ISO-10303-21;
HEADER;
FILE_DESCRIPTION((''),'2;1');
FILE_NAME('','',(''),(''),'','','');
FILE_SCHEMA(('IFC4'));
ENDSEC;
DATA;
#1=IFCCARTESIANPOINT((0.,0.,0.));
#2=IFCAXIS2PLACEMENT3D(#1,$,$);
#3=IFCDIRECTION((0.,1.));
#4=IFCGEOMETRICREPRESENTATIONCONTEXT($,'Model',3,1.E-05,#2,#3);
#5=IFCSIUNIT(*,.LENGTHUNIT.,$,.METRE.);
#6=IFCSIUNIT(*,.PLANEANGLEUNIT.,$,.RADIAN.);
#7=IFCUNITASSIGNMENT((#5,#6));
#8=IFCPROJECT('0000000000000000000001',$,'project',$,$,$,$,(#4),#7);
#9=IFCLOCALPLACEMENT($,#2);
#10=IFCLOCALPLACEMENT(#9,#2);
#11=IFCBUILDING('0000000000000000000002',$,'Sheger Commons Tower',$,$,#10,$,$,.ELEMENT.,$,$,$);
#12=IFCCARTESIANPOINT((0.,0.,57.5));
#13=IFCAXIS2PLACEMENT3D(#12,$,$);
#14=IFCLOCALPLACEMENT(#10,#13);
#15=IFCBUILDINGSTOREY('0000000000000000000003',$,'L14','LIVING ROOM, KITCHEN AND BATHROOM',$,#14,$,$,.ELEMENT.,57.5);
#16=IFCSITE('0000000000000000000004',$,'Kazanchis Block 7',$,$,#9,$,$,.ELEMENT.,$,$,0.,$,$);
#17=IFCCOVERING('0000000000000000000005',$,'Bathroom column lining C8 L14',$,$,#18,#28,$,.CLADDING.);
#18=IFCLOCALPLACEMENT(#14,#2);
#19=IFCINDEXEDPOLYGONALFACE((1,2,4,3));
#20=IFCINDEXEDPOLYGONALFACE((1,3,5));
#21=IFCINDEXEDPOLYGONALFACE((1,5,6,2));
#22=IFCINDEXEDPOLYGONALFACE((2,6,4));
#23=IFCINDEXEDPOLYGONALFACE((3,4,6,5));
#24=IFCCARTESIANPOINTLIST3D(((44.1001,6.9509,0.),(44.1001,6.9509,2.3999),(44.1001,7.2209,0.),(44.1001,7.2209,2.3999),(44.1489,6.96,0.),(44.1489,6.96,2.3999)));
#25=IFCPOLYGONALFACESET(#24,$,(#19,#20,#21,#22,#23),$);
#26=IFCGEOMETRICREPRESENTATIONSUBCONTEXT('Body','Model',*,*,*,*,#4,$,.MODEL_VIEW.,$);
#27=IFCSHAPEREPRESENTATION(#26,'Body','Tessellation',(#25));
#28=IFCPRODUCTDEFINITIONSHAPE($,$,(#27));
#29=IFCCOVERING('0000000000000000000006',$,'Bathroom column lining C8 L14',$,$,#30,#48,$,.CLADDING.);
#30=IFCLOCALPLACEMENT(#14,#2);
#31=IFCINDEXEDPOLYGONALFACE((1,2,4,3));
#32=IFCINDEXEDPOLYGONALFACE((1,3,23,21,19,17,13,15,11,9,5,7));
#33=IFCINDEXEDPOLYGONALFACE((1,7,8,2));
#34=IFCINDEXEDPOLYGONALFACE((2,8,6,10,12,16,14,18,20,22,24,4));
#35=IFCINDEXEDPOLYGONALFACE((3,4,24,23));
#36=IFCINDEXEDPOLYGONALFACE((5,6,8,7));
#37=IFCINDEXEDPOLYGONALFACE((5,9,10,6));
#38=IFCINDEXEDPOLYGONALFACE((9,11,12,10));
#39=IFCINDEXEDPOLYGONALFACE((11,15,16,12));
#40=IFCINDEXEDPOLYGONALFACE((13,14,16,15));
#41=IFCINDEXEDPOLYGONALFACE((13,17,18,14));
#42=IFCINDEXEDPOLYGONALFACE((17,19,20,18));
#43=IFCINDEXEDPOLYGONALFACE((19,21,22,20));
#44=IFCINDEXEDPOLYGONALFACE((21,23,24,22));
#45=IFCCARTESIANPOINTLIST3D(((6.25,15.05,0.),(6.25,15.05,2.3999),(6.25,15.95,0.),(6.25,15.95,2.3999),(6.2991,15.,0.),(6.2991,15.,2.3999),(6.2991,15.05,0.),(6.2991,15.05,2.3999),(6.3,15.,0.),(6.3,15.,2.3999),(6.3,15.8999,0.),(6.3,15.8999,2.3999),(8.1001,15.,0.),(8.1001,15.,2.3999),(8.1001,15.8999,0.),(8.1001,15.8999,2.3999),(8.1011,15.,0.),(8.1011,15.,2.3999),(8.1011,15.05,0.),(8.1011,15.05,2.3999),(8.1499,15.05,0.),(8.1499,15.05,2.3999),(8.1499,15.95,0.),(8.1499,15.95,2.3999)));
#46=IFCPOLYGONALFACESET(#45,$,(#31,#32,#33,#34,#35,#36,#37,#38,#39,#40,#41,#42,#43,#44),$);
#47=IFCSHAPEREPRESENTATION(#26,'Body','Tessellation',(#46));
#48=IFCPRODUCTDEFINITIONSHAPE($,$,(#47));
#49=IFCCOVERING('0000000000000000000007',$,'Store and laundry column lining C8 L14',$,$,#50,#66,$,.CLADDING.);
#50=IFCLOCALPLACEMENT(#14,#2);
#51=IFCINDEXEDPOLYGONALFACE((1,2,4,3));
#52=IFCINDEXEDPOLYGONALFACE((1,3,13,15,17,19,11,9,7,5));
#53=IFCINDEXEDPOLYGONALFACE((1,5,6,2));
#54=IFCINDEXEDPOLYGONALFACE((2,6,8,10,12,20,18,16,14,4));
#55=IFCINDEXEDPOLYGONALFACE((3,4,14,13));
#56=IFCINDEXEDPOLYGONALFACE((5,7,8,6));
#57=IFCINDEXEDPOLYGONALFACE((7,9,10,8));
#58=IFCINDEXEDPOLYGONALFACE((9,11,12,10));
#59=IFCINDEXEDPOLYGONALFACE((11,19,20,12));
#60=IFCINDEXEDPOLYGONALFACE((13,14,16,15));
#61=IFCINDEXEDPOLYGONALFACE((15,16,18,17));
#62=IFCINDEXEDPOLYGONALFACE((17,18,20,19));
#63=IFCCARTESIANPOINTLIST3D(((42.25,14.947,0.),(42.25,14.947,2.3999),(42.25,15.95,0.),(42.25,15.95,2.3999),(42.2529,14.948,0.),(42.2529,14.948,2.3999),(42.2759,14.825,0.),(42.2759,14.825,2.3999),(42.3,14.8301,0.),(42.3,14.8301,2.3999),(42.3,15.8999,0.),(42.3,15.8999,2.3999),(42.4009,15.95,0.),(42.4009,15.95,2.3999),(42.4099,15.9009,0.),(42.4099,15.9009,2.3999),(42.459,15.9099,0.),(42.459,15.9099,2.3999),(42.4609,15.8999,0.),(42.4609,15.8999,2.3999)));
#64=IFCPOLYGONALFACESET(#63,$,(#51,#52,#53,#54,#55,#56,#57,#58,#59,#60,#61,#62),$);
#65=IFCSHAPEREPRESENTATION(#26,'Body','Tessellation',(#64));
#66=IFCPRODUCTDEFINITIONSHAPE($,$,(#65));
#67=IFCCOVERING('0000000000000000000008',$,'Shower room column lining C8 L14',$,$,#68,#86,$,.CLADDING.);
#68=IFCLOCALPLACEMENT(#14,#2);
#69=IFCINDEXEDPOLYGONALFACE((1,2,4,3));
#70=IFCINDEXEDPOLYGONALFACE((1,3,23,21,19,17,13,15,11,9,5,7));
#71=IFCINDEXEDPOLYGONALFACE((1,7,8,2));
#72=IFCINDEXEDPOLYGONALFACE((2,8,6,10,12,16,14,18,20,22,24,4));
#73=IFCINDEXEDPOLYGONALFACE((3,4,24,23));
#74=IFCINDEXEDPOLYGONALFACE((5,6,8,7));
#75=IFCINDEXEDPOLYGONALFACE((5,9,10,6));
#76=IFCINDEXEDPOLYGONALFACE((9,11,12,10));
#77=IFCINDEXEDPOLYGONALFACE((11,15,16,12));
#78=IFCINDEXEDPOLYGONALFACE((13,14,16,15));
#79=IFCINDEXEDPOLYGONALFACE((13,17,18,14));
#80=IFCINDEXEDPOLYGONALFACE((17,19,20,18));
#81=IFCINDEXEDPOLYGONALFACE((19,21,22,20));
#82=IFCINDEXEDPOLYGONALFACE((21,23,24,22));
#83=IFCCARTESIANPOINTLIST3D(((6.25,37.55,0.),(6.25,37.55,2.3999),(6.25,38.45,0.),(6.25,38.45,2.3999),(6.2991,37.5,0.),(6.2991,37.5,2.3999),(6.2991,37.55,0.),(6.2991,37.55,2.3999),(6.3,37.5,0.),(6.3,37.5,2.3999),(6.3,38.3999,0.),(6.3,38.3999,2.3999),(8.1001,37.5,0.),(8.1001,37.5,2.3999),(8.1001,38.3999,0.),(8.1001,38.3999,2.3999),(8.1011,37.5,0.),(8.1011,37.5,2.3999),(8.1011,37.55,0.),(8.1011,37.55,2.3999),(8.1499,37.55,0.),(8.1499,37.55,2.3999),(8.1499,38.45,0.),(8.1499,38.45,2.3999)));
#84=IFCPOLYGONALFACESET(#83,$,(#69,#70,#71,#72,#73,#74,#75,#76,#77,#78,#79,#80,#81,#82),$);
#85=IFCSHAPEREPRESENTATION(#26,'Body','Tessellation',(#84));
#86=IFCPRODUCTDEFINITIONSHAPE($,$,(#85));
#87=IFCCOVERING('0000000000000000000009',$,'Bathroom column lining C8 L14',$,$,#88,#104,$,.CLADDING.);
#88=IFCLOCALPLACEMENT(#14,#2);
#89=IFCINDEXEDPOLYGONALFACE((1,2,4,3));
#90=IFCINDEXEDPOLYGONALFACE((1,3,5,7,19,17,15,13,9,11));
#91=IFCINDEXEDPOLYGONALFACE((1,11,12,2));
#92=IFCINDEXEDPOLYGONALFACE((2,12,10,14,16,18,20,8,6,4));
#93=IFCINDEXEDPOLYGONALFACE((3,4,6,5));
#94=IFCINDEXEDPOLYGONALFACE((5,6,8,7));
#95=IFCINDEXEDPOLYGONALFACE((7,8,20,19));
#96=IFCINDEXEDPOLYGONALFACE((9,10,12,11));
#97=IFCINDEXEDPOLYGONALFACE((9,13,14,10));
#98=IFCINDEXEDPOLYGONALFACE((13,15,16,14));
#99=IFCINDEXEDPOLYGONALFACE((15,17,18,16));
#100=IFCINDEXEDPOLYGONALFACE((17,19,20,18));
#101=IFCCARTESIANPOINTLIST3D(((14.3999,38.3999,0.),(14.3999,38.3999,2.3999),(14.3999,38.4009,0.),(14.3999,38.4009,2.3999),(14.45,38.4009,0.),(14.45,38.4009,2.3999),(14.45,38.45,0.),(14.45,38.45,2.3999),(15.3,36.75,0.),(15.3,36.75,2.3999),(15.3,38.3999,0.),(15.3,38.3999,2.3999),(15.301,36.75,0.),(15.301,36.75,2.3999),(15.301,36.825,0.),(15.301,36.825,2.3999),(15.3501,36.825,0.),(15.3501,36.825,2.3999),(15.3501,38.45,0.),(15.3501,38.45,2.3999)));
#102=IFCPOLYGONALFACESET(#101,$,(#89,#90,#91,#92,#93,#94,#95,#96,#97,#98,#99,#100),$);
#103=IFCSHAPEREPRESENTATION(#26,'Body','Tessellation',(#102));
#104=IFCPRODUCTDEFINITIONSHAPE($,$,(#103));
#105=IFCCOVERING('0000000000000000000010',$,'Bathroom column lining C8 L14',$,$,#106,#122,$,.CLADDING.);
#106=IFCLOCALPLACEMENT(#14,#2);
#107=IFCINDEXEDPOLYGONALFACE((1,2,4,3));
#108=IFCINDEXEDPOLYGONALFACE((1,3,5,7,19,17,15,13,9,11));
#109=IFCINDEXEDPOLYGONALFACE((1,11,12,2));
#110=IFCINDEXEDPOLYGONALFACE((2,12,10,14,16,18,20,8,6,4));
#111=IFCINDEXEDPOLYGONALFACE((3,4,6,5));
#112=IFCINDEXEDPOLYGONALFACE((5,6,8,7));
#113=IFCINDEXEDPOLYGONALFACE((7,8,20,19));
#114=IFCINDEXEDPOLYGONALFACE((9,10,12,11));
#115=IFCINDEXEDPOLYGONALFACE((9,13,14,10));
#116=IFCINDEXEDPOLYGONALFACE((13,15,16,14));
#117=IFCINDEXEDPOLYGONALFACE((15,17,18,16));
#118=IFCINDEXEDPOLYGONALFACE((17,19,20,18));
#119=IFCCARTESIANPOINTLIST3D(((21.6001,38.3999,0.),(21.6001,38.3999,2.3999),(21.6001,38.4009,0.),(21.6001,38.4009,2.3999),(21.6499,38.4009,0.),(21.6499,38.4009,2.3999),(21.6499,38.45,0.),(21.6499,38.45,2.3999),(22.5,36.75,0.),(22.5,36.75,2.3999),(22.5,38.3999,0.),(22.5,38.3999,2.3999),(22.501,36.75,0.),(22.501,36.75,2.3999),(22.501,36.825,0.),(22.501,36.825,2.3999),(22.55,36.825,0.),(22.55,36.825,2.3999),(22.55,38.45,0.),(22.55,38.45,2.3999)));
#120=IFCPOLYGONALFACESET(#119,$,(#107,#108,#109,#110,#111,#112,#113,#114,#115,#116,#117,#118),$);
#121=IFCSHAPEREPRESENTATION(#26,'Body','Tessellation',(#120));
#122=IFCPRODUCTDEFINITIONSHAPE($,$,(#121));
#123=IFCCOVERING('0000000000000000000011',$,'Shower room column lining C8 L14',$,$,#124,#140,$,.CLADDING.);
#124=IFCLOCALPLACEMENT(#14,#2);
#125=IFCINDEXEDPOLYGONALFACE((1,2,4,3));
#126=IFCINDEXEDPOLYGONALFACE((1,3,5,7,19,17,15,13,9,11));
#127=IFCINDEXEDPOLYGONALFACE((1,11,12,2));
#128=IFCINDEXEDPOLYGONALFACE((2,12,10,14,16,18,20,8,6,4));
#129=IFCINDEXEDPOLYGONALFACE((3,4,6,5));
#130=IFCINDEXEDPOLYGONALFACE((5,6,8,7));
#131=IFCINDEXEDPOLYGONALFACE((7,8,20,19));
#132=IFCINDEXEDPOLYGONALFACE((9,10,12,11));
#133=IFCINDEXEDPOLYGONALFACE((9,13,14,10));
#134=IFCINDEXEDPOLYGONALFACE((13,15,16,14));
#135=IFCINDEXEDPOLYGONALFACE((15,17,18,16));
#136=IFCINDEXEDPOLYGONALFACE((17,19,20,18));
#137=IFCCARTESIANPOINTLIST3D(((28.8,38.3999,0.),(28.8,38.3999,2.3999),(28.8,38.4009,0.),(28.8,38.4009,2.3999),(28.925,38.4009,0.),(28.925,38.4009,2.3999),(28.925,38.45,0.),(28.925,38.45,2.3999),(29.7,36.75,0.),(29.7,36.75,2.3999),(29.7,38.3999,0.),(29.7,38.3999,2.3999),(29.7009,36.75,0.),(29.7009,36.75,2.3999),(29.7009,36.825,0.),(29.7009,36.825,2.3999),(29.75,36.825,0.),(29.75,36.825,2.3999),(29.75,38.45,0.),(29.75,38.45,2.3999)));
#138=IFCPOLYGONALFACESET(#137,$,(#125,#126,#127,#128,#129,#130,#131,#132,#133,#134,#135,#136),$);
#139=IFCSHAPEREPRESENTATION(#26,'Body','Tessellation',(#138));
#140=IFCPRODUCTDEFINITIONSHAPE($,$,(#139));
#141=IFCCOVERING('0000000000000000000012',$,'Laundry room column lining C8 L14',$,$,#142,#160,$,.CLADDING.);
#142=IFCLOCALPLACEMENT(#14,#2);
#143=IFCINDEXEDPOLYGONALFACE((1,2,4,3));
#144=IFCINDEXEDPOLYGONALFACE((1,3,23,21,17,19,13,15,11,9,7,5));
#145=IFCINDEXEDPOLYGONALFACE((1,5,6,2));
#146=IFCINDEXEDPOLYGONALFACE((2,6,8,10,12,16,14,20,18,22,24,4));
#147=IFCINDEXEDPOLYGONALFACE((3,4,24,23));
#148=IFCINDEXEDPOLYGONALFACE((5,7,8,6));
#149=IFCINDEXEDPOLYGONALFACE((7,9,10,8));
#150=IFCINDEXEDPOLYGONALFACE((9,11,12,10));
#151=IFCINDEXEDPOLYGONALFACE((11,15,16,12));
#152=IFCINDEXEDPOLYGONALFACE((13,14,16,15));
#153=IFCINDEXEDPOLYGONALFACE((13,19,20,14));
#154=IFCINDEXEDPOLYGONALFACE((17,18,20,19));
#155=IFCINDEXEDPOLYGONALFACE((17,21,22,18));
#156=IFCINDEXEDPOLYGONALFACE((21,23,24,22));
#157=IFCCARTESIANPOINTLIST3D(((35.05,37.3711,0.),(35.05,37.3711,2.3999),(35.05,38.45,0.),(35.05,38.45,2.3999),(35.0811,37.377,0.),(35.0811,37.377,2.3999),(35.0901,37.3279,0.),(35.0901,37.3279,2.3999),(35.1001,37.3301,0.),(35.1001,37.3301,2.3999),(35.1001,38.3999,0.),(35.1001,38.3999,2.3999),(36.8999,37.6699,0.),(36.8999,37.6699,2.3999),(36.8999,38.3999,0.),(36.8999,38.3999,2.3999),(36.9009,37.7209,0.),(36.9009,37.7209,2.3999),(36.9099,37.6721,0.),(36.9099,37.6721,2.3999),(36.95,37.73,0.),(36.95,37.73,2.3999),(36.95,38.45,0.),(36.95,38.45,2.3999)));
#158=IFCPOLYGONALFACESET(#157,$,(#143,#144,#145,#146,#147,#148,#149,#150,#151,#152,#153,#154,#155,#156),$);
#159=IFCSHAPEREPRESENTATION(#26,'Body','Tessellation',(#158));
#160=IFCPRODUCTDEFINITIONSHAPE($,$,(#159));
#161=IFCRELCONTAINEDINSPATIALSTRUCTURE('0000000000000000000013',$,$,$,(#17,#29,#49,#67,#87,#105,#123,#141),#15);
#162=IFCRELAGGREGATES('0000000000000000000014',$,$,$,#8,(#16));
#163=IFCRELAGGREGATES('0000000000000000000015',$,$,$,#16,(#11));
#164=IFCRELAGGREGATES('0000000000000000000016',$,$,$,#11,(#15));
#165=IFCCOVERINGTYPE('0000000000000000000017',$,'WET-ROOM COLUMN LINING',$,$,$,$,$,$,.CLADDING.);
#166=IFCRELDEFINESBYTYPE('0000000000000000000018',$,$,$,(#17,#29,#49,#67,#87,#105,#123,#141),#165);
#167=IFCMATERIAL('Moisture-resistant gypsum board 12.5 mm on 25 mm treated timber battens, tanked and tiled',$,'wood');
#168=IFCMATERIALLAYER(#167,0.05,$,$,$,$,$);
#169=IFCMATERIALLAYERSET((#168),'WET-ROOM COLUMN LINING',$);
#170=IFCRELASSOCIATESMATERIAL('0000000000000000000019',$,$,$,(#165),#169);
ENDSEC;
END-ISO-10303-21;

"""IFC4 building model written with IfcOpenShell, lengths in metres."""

from ifc_helpers import new_model, si_unit, direction, frame, origin, place, context, subcontext, project, spatial, polyline, outline, extrude, material, layer, layer_set, type_object, element, save


model = new_model("IFC4")

# Units and contexts
model_context = context("Model", 3, precision=1e-05, world=origin(), true_north=direction((0.0, 1.0)))
body_context = subcontext(model_context, "Body", "Model", "MODEL_VIEW")
ifc_project = project(units=[si_unit("LENGTHUNIT", "METRE"), si_unit("PLANEANGLEUNIT", "RADIAN")], contexts=[model_context])

# Site, building, storey
site_placement = place(None, origin())
site = spatial("IfcSite", under=ifc_project, at=site_placement, Name="Kazanchis Block 7", CompositionType="ELEMENT", RefElevation=0.0)
building_placement = place(site_placement, origin())
building = spatial("IfcBuilding", under=site, at=building_placement, Name="Sheger Commons Tower", CompositionType="ELEMENT")
storey_placement = place(building_placement, frame((0.0, 0.0, 57.5)))
storey = spatial("IfcBuildingStorey", under=building, at=storey_placement, Name="L14", Description="LIVING ROOM, KITCHEN AND BATHROOM", CompositionType="ELEMENT", Elevation=57.5)

# Coverings
ifc_material_1 = material(Name="Moisture-resistant gypsum board 12.5 mm on 25 mm treated timber battens, tanked and tiled", Category="wood")
ifc_layer_1 = layer(ifc_material_1, 0.05)
ifc_layer_set_1 = layer_set([ifc_layer_1], Name="WET-ROOM COLUMN LINING")
covering_type_1 = type_object("IfcCoveringType", Name="WET-ROOM COLUMN LINING", PredefinedType="CLADDING", material=ifc_layer_set_1)
covering_1_placement = place(storey_placement, origin())
element("IfcCovering", 1, at=covering_1_placement, inside=storey, type_object=covering_type_1, Name="Bathroom column lining C8 L14", PredefinedType="CLADDING", context=body_context, shape_type="SweptSolid", body=[
    extrude(outline(polyline([(44.1001, 7.2209), (44.1489, 6.96), (44.1001, 6.9509), (44.1001, 7.2209)])), origin(), (0.0, 0.0, 1.0), 2.3999),
])
covering_2_placement = place(storey_placement, origin())
element("IfcCovering", 2, at=covering_2_placement, inside=storey, type_object=covering_type_1, Name="Bathroom column lining C8 L14", PredefinedType="CLADDING", context=body_context, shape_type="SweptSolid", body=[
    extrude(outline(polyline([(8.1499, 15.95), (8.1499, 15.05), (8.1011, 15.05), (8.1011, 15.0), (8.1001, 15.0), (8.1001, 15.8999), (6.3, 15.8999), (6.3, 15.0), (6.2991, 15.0), (6.2991, 15.05), (6.25, 15.05), (6.25, 15.95), (8.1499, 15.95)])), origin(), (0.0, 0.0, 1.0), 2.3999),
])
covering_3_placement = place(storey_placement, origin())
element("IfcCovering", 3, at=covering_3_placement, inside=storey, type_object=covering_type_1, Name="Store and laundry column lining C8 L14", PredefinedType="CLADDING", context=body_context, shape_type="SweptSolid", body=[
    extrude(outline(polyline([(42.4009, 15.95), (42.4099, 15.9009), (42.459, 15.9099), (42.4609, 15.8999), (42.3, 15.8999), (42.3, 14.8301), (42.2759, 14.825), (42.2529, 14.948), (42.25, 14.947), (42.25, 15.95), (42.4009, 15.95)])), origin(), (0.0, 0.0, 1.0), 2.3999),
])
covering_4_placement = place(storey_placement, origin())
element("IfcCovering", 4, at=covering_4_placement, inside=storey, type_object=covering_type_1, Name="Shower room column lining C8 L14", PredefinedType="CLADDING", context=body_context, shape_type="SweptSolid", body=[
    extrude(outline(polyline([(8.1499, 38.45), (8.1499, 37.55), (8.1011, 37.55), (8.1011, 37.5), (8.1001, 37.5), (8.1001, 38.3999), (6.3, 38.3999), (6.3, 37.5), (6.2991, 37.5), (6.2991, 37.55), (6.25, 37.55), (6.25, 38.45), (8.1499, 38.45)])), origin(), (0.0, 0.0, 1.0), 2.3999),
])
covering_5_placement = place(storey_placement, origin())
element("IfcCovering", 5, at=covering_5_placement, inside=storey, type_object=covering_type_1, Name="Bathroom column lining C8 L14", PredefinedType="CLADDING", context=body_context, shape_type="SweptSolid", body=[
    extrude(outline(polyline([(15.3501, 36.825), (15.301, 36.825), (15.301, 36.75), (15.3, 36.75), (15.3, 38.3999), (14.3999, 38.3999), (14.3999, 38.4009), (14.45, 38.4009), (14.45, 38.45), (15.3501, 38.45), (15.3501, 36.825)])), origin(), (0.0, 0.0, 1.0), 2.3999),
])
covering_6_placement = place(storey_placement, origin())
element("IfcCovering", 6, at=covering_6_placement, inside=storey, type_object=covering_type_1, Name="Bathroom column lining C8 L14", PredefinedType="CLADDING", context=body_context, shape_type="SweptSolid", body=[
    extrude(outline(polyline([(22.55, 36.825), (22.501, 36.825), (22.501, 36.75), (22.5, 36.75), (22.5, 38.3999), (21.6001, 38.3999), (21.6001, 38.4009), (21.6499, 38.4009), (21.6499, 38.45), (22.55, 38.45), (22.55, 36.825)])), origin(), (0.0, 0.0, 1.0), 2.3999),
])
covering_7_placement = place(storey_placement, origin())
element("IfcCovering", 7, at=covering_7_placement, inside=storey, type_object=covering_type_1, Name="Shower room column lining C8 L14", PredefinedType="CLADDING", context=body_context, shape_type="SweptSolid", body=[
    extrude(outline(polyline([(29.75, 36.825), (29.7009, 36.825), (29.7009, 36.75), (29.7, 36.75), (29.7, 38.3999), (28.8, 38.3999), (28.8, 38.4009), (28.925, 38.4009), (28.925, 38.45), (29.75, 38.45), (29.75, 36.825)])), origin(), (0.0, 0.0, 1.0), 2.3999),
])
covering_8_placement = place(storey_placement, origin())
element("IfcCovering", 8, at=covering_8_placement, inside=storey, type_object=covering_type_1, Name="Laundry room column lining C8 L14", PredefinedType="CLADDING", context=body_context, shape_type="SweptSolid", body=[
    extrude(outline(polyline([(36.95, 38.45), (36.95, 37.73), (36.9009, 37.7209), (36.9099, 37.6721), (36.8999, 37.6699), (36.8999, 38.3999), (35.1001, 38.3999), (35.1001, 37.3301), (35.0901, 37.3279), (35.0811, 37.377), (35.05, 37.3711), (35.05, 38.45), (36.95, 38.45)])), origin(), (0.0, 0.0, 1.0), 2.3999),
])

save(model, "model.ifc")
